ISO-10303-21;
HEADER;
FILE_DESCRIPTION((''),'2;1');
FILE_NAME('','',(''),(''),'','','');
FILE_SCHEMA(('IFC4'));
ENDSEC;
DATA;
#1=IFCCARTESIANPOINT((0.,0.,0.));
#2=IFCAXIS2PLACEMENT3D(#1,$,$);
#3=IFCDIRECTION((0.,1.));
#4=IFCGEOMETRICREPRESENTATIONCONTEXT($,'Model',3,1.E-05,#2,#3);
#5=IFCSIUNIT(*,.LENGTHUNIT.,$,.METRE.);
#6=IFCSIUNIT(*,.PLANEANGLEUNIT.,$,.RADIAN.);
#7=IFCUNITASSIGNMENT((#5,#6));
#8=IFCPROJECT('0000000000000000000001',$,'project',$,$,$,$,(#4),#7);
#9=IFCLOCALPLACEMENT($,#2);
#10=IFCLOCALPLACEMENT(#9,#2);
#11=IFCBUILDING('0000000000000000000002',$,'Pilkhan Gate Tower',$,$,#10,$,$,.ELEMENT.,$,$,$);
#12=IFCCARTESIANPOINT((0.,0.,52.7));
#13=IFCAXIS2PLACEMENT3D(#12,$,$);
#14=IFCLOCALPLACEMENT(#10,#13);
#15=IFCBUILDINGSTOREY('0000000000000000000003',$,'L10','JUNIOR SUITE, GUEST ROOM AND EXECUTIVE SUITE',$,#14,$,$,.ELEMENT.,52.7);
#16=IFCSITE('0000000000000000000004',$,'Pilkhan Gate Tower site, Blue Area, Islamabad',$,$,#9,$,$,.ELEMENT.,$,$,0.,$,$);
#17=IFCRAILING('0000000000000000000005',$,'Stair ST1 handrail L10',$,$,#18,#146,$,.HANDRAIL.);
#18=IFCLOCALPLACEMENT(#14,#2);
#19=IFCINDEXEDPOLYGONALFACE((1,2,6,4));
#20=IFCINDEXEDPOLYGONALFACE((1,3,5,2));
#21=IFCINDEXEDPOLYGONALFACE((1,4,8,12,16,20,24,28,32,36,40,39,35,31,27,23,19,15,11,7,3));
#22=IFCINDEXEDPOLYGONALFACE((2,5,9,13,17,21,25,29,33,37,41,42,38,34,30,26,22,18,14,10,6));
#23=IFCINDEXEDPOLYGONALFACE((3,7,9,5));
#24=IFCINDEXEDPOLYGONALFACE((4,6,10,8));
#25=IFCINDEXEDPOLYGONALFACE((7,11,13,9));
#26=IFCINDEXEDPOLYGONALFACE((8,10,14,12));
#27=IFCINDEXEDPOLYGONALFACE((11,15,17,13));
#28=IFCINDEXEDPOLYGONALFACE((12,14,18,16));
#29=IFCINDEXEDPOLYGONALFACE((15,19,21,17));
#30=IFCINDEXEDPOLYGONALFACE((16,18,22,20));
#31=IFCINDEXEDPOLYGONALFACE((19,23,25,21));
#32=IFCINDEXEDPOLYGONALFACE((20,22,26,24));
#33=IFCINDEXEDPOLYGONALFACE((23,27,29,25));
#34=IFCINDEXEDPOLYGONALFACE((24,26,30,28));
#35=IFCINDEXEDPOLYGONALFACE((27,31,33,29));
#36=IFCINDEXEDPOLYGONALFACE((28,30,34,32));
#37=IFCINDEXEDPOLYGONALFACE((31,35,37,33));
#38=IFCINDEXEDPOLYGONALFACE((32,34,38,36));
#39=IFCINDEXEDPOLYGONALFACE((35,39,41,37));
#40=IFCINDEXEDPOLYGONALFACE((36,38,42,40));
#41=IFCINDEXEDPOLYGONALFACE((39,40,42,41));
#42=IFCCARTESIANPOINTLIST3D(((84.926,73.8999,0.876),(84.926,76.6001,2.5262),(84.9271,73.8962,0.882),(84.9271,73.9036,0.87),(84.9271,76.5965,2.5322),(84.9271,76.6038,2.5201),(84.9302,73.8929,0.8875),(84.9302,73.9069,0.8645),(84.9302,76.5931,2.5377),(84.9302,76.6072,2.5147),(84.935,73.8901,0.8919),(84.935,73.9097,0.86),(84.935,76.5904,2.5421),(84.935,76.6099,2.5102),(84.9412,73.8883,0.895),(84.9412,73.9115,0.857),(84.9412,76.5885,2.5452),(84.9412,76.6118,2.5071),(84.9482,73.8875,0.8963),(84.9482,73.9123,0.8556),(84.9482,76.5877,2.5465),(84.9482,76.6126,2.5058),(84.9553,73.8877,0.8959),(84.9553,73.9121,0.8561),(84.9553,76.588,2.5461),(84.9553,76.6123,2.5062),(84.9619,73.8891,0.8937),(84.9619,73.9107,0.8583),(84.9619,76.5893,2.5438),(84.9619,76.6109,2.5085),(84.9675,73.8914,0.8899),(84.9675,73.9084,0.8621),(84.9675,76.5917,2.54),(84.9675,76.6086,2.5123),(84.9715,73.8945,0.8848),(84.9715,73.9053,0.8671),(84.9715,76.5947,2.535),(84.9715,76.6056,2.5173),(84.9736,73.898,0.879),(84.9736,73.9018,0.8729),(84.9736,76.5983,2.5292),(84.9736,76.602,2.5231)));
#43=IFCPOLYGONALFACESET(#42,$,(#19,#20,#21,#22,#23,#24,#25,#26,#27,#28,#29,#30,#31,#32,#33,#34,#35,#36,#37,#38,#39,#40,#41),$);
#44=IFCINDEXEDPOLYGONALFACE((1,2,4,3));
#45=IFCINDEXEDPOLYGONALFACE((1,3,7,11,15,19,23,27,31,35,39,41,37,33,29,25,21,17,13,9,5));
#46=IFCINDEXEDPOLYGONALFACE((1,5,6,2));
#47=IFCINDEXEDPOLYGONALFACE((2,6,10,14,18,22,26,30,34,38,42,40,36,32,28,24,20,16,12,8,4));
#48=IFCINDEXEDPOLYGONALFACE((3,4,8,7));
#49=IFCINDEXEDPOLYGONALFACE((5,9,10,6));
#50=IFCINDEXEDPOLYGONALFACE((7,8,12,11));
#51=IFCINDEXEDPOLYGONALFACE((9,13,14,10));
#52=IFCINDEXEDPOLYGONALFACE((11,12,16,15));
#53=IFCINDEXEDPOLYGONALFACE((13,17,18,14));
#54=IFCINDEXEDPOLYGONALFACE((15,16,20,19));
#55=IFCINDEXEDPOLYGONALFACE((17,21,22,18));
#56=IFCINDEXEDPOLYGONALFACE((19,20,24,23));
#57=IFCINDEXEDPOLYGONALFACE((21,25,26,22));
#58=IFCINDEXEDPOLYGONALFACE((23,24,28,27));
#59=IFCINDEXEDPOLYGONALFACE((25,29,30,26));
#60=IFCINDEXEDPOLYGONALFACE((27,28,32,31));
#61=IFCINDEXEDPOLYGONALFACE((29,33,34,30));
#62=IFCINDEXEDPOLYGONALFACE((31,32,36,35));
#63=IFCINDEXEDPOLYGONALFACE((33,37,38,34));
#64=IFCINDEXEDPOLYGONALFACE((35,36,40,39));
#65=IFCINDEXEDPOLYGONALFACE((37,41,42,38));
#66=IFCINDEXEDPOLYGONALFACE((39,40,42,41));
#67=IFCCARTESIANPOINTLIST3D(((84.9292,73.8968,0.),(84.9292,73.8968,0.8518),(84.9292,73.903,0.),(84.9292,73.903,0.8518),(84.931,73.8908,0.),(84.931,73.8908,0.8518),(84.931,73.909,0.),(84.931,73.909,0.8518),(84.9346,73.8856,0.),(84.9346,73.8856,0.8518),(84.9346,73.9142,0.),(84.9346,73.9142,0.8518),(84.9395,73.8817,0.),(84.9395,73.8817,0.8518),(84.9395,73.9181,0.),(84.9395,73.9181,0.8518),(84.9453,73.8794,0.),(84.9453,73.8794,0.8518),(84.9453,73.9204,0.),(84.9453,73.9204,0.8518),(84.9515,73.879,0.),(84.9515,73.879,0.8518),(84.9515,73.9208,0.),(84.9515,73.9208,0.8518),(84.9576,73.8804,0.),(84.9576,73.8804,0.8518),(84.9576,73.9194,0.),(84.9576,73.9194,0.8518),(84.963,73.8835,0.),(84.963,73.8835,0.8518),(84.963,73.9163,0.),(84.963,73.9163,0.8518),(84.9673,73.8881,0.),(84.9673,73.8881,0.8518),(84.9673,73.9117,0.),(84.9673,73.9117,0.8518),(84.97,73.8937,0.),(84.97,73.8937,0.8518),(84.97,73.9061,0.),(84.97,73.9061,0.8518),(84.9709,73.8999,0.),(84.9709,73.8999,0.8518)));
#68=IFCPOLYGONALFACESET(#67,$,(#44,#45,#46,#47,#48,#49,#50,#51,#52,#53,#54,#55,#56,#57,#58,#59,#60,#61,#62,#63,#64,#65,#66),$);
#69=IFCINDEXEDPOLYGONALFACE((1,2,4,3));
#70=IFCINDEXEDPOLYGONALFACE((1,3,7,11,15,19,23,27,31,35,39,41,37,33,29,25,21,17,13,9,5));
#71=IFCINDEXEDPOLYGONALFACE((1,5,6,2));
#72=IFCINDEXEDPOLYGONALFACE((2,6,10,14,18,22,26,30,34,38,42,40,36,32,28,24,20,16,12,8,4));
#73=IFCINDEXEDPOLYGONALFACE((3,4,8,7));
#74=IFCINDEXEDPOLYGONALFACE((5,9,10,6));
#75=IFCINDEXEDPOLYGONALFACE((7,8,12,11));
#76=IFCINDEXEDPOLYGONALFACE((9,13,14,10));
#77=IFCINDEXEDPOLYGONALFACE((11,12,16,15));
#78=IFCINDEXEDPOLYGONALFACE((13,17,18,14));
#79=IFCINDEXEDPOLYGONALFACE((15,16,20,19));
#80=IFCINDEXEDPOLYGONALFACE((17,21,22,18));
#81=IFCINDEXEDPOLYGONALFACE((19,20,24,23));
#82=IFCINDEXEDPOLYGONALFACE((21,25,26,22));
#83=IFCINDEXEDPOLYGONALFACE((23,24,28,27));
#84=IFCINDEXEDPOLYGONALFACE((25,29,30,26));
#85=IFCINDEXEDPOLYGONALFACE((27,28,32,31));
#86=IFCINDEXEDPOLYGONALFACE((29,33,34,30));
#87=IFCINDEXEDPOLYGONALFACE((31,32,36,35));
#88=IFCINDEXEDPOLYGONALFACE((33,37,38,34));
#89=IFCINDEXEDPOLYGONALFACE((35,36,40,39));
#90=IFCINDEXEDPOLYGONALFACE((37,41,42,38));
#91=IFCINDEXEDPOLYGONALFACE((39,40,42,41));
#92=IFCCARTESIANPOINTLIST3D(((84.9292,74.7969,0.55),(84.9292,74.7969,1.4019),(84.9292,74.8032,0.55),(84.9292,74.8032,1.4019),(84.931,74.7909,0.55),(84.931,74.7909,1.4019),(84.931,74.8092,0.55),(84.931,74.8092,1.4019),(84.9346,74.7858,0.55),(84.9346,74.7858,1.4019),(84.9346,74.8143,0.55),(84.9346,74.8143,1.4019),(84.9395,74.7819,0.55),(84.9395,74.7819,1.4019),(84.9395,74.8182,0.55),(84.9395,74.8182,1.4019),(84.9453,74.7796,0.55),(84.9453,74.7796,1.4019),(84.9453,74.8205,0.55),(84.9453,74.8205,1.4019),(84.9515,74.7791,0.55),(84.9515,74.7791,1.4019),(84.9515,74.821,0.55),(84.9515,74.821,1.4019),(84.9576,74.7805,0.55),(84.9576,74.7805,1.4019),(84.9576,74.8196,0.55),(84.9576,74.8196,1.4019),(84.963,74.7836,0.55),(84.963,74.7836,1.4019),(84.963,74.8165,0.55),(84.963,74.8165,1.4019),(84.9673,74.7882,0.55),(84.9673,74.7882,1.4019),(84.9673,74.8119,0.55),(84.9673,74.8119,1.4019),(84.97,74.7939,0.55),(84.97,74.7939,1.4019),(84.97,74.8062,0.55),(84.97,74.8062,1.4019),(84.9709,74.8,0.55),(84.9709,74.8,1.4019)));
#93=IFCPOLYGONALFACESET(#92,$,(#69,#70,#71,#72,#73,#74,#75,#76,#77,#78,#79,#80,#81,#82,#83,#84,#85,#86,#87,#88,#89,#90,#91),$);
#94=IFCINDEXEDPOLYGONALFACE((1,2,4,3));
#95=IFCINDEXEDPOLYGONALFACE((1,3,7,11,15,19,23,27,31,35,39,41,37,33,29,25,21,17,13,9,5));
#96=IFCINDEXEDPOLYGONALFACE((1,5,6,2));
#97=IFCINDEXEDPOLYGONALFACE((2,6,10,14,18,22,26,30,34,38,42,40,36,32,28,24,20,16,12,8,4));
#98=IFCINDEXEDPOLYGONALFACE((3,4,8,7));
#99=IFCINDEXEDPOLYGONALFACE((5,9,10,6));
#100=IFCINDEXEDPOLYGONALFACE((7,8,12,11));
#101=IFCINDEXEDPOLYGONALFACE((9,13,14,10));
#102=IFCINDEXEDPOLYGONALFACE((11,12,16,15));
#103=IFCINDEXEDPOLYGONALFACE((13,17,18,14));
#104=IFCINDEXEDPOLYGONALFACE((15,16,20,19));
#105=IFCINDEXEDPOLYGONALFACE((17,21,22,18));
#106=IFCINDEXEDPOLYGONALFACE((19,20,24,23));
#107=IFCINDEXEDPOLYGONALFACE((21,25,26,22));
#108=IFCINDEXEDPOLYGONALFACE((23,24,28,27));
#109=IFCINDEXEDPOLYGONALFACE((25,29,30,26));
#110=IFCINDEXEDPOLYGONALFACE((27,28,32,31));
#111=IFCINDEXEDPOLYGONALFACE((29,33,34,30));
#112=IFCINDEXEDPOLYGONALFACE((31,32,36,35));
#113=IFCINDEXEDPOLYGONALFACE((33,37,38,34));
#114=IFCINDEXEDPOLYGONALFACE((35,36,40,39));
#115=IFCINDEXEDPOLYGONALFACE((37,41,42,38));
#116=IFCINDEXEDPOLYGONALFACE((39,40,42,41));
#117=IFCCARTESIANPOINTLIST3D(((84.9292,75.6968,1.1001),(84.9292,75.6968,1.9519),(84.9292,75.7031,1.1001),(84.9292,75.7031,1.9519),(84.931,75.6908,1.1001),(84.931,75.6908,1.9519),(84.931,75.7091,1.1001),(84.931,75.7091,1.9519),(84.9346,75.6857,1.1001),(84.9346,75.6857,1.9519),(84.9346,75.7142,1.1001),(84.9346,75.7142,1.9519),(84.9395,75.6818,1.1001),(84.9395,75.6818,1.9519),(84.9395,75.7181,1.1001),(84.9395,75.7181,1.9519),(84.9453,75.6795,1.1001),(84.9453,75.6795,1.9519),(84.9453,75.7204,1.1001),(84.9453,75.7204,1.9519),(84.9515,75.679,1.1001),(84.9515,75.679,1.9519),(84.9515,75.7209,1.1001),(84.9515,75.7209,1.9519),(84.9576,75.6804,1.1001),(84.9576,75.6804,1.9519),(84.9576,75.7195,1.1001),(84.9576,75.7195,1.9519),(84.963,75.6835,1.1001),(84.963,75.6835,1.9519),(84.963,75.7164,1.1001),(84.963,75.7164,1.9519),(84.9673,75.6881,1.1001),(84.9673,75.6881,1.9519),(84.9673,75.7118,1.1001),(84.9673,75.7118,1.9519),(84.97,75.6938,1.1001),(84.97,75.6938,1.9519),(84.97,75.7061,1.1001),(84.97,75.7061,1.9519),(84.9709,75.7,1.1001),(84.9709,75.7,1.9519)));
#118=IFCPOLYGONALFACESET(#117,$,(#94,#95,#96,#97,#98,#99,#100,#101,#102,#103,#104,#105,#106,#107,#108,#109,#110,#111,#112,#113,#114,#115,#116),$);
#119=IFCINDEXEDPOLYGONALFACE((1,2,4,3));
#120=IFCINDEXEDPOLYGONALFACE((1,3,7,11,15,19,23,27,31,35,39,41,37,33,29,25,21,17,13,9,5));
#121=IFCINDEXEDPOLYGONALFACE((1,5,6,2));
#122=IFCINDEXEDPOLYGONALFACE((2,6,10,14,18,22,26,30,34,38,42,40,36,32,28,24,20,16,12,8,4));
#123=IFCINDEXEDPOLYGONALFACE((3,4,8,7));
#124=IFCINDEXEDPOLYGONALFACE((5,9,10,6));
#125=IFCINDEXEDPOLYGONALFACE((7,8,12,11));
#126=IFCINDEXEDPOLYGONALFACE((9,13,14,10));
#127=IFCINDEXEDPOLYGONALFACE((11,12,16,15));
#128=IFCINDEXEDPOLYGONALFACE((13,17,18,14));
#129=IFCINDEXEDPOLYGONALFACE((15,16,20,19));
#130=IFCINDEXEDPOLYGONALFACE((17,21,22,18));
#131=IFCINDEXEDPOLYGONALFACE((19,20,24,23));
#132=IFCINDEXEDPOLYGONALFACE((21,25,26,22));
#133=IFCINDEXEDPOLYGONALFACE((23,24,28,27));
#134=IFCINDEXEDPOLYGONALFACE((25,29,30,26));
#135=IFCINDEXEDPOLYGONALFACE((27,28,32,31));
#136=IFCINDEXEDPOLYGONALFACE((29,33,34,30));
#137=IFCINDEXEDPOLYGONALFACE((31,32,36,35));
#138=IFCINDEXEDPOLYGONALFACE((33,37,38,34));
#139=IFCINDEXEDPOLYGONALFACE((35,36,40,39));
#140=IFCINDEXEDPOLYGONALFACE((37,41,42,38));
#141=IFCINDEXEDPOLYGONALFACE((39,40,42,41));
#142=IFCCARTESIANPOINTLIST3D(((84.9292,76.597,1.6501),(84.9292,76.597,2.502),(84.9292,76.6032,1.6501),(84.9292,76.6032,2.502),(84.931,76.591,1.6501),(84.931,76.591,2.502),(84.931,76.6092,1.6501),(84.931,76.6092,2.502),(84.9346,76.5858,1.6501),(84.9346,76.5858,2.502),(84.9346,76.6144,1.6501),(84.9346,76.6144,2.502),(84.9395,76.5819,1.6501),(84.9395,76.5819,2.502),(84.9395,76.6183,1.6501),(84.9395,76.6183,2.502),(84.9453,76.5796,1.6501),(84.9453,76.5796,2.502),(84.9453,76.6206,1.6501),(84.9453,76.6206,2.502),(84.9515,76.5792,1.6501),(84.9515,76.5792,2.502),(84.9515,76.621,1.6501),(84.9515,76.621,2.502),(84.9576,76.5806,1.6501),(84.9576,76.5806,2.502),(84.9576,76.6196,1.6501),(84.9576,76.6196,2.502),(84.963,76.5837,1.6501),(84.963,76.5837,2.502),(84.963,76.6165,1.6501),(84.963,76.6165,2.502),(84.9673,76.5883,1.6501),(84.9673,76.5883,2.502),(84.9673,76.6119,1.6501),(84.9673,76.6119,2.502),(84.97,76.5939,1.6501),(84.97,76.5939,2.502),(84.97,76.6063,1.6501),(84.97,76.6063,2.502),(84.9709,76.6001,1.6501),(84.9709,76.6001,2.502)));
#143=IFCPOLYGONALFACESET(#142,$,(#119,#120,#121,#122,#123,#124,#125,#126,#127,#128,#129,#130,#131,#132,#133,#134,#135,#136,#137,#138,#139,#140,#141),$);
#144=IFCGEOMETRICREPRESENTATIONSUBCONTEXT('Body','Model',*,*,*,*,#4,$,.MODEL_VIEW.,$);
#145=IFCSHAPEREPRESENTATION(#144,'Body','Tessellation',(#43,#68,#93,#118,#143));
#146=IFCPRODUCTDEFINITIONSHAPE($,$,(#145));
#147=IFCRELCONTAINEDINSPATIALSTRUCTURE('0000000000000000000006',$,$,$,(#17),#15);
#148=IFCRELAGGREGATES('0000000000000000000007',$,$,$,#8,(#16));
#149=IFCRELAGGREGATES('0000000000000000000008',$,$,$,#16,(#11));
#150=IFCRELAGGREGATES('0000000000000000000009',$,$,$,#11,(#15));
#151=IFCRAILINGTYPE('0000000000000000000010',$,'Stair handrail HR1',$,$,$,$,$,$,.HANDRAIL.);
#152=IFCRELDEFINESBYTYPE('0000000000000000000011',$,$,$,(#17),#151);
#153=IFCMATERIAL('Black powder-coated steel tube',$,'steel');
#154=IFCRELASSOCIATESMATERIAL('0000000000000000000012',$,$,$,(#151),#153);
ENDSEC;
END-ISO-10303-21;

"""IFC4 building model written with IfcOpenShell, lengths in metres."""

from ifc_helpers import new_model, si_unit, direction, frame, origin, origin_2d, place, context, subcontext, project, spatial, circle, extrude, material, type_object, element, save


model = new_model("IFC4")

# Units and contexts
model_context = context("Model", 3, precision=1e-05, world=origin(), true_north=direction((0.0, 1.0)))
body_context = subcontext(model_context, "Body", "Model", "MODEL_VIEW")
ifc_project = project(units=[si_unit("LENGTHUNIT", "METRE"), si_unit("PLANEANGLEUNIT", "RADIAN")], contexts=[model_context])

# Site, building, storey
site_placement = place(None, origin())
site = spatial("IfcSite", under=ifc_project, at=site_placement, Name="Pilkhan Gate Tower site, Blue Area, Islamabad", CompositionType="ELEMENT", RefElevation=0.0)
building_placement = place(site_placement, origin())
building = spatial("IfcBuilding", under=site, at=building_placement, Name="Pilkhan Gate Tower", CompositionType="ELEMENT")
storey_placement = place(building_placement, frame((0.0, 0.0, 52.7)))
storey = spatial("IfcBuildingStorey", under=building, at=storey_placement, Name="L10", Description="JUNIOR SUITE, GUEST ROOM AND EXECUTIVE SUITE", CompositionType="ELEMENT", Elevation=52.7)

# Railing
ifc_material_1 = material(Name="Black powder-coated steel tube", Category="steel")
railing_type_1 = type_object("IfcRailingType", Name="Stair handrail HR1", PredefinedType="HANDRAIL", material=ifc_material_1)
railing_1_placement = place(storey_placement, frame((84.95, 73.8999, 0.0)))
element("IfcRailing", 1, at=railing_1_placement, inside=storey, type_object=railing_type_1, Name="Stair ST1 handrail L10", PredefinedType="HANDRAIL", context=body_context, shape_type="SweptSolid", body=[
    extrude(circle(Radius=0.0239, at=origin_2d()), frame((0.0, 0.0, 0.876), z_axis=(0.0, 0.853278, 0.521456), x_axis=(-1.0, 0.0, 0.0)), (0.0, 0.0, 1.0), 3.1646),
    extrude(circle(Radius=0.021, at=origin_2d()), origin(), (0.0, 0.0, 1.0), 0.8518),
    extrude(circle(Radius=0.021, at=origin_2d()), frame((0.0, 0.9001, 0.55)), (0.0, 0.0, 1.0), 0.8518),
    extrude(circle(Radius=0.021, at=origin_2d()), frame((0.0, 1.8, 1.1001)), (0.0, 0.0, 1.0), 0.8518),
    extrude(circle(Radius=0.021, at=origin_2d()), frame((0.0, 2.7002, 1.6501)), (0.0, 0.0, 1.0), 0.8518),
])

save(model, "model.ifc")
